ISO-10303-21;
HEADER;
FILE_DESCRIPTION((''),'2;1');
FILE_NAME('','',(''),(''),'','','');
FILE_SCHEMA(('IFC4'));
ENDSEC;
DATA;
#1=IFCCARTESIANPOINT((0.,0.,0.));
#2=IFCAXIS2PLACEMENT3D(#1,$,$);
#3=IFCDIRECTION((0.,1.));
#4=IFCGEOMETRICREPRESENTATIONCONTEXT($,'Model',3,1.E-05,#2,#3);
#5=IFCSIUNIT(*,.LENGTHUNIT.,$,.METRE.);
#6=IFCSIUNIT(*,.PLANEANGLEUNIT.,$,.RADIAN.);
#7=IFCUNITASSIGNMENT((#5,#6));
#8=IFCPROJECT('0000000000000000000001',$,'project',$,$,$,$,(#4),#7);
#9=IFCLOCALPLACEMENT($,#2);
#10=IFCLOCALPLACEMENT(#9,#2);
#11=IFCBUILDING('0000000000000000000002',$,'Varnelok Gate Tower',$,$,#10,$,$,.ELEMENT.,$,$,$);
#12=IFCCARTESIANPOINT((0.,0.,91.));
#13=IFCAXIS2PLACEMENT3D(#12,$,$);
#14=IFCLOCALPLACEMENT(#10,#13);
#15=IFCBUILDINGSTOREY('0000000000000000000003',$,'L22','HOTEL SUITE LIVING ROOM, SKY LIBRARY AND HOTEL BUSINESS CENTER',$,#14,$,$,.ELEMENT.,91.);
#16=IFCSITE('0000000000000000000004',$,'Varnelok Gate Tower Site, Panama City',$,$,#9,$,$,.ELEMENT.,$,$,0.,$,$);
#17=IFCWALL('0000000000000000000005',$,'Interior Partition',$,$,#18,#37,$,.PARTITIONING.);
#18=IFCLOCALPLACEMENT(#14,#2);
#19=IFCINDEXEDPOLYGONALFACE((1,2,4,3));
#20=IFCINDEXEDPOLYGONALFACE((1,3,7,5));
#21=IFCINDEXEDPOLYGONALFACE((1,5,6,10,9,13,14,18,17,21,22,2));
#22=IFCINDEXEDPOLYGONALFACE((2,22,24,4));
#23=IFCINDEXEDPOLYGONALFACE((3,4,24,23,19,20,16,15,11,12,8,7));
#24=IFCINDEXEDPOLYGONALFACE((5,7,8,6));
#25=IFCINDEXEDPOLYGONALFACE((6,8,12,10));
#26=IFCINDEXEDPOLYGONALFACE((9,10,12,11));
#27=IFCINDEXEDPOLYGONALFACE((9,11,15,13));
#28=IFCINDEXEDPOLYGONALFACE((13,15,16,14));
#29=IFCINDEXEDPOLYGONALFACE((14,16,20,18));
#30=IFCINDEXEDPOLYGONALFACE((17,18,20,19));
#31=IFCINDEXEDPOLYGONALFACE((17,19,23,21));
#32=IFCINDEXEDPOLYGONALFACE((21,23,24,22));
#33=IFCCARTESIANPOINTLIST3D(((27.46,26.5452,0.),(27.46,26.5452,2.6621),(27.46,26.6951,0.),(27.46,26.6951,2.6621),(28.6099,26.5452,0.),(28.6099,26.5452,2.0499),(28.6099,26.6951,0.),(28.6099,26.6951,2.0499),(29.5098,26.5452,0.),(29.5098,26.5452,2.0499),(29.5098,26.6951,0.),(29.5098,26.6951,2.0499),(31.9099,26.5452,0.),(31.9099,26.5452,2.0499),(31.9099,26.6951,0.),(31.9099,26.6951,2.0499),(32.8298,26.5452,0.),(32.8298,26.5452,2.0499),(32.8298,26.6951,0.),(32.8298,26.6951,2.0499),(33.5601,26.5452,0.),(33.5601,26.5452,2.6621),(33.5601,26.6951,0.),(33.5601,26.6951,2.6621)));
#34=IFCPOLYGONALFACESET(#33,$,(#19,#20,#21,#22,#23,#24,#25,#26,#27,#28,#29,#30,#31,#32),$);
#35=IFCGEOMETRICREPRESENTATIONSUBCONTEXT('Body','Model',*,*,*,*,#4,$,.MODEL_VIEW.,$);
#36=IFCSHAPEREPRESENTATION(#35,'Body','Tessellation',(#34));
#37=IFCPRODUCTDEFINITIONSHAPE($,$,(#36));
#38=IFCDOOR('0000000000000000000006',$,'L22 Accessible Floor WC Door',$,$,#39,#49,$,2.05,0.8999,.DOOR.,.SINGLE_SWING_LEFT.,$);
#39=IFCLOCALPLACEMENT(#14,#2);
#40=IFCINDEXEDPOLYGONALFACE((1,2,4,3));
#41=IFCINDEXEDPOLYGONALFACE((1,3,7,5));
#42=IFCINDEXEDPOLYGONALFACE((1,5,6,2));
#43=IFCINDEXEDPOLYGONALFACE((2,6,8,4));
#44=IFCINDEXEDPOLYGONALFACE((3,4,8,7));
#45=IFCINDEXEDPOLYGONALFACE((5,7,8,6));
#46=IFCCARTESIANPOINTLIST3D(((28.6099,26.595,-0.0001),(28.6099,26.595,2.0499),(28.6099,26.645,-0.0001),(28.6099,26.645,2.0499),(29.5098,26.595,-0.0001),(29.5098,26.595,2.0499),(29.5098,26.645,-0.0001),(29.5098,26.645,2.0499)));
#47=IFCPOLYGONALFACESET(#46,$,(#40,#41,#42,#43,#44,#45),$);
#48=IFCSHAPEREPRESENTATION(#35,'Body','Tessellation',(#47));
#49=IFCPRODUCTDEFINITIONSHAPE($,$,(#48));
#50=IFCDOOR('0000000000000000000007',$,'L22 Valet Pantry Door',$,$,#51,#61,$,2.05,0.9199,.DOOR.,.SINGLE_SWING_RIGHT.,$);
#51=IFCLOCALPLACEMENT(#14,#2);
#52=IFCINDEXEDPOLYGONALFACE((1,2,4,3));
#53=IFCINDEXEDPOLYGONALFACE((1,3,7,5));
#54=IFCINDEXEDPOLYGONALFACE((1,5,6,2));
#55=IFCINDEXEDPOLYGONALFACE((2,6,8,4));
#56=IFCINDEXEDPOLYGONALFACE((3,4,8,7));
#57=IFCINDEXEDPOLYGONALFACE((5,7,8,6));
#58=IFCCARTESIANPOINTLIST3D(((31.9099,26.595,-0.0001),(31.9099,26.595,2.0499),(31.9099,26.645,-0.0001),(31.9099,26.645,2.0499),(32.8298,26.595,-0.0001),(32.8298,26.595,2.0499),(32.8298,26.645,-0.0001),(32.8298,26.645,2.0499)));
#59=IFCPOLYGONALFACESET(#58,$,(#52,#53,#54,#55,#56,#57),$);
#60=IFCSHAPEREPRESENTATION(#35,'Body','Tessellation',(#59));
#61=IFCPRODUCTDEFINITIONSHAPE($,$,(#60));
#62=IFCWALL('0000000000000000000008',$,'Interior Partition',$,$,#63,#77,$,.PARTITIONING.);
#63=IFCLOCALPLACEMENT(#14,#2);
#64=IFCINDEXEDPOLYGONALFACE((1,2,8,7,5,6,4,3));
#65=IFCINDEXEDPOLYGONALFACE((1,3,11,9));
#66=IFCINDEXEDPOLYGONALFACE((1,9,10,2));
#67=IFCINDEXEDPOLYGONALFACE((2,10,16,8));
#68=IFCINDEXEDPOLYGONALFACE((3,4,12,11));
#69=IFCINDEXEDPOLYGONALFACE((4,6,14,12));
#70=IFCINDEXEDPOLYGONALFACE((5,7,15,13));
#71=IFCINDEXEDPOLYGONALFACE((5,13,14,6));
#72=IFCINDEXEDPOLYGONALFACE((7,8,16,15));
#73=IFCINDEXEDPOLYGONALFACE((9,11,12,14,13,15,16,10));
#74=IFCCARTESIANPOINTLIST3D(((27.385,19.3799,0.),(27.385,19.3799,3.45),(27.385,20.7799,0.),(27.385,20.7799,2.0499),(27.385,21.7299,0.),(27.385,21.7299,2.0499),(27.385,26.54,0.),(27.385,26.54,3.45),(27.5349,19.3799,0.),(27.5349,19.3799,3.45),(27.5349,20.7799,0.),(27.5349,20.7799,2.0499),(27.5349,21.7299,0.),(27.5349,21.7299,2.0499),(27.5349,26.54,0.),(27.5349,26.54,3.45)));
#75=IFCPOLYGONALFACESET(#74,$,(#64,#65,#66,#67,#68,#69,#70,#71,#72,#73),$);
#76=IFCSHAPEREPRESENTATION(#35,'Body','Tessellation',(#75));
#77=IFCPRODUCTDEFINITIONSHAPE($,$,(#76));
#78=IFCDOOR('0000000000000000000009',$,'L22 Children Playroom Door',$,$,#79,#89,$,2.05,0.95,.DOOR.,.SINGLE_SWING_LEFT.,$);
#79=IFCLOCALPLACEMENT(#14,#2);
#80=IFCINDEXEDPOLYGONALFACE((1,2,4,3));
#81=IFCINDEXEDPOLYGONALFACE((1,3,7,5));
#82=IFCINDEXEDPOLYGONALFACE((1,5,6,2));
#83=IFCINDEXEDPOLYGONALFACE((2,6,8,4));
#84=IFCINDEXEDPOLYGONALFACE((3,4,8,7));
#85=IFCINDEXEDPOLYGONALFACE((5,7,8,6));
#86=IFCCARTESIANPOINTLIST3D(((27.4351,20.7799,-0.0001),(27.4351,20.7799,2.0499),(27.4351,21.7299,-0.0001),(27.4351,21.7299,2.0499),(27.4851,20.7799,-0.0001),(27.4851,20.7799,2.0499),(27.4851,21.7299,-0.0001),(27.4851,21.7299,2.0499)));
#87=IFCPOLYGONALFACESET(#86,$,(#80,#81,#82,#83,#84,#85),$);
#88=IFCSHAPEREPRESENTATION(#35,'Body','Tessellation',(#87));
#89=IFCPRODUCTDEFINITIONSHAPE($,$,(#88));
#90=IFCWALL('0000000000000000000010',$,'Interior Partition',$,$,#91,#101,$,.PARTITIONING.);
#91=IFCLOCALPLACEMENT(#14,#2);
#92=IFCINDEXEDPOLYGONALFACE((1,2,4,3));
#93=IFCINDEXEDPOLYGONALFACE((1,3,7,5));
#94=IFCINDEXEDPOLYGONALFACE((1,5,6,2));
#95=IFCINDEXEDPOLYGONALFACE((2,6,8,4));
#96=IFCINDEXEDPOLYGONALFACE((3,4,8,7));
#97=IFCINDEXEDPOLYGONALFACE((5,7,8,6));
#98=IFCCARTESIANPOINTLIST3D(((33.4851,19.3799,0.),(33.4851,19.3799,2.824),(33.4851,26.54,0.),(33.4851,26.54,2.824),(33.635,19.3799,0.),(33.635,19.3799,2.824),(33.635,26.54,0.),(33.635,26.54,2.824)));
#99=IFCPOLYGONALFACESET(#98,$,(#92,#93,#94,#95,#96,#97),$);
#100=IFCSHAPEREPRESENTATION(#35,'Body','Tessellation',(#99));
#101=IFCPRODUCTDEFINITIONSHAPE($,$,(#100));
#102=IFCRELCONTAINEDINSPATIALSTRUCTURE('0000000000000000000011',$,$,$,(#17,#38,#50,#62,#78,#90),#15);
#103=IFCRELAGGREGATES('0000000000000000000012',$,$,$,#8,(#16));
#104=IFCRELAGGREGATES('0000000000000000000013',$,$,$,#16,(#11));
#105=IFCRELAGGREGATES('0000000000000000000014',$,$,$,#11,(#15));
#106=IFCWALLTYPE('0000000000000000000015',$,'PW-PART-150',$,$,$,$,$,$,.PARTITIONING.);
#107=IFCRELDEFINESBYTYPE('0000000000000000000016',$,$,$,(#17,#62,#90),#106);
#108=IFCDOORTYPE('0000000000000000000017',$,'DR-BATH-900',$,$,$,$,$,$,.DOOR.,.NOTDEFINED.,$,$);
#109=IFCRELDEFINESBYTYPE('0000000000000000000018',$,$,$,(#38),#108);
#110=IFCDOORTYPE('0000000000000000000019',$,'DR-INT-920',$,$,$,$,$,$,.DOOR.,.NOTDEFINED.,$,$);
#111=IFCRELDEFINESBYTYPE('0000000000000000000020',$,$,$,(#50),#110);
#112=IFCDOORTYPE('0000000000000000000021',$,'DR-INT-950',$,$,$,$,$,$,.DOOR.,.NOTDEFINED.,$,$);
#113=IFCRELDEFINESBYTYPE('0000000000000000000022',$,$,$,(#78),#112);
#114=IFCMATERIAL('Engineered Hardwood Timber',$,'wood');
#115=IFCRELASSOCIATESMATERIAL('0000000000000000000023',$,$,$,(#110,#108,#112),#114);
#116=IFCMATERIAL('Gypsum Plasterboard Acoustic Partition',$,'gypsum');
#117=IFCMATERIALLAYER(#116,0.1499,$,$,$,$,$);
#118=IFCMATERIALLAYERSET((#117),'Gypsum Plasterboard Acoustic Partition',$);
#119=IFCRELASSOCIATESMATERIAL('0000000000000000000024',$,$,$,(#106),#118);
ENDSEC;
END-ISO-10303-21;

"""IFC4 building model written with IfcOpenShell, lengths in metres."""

from ifc_helpers import new_model, si_unit, direction, frame, frame_2d, origin, place, context, subcontext, project, spatial, rectangle, extrude, material, layer, layer_set, type_object, element, fill, save


model = new_model("IFC4")

# Units and contexts
model_context = context("Model", 3, precision=1e-05, world=origin(), true_north=direction((0.0, 1.0)))
body_context = subcontext(model_context, "Body", "Model", "MODEL_VIEW")
ifc_project = project(units=[si_unit("LENGTHUNIT", "METRE"), si_unit("PLANEANGLEUNIT", "RADIAN")], contexts=[model_context])

# Site, building, storey
site_placement = place(None, origin())
site = spatial("IfcSite", under=ifc_project, at=site_placement, Name="Varnelok Gate Tower Site, Panama City", CompositionType="ELEMENT", RefElevation=0.0)
building_placement = place(site_placement, origin())
building = spatial("IfcBuilding", under=site, at=building_placement, Name="Varnelok Gate Tower", CompositionType="ELEMENT")
storey_placement = place(building_placement, frame((0.0, 0.0, 91.0)))
storey = spatial("IfcBuildingStorey", under=building, at=storey_placement, Name="L22", Description="HOTEL SUITE LIVING ROOM, SKY LIBRARY AND HOTEL BUSINESS CENTER", CompositionType="ELEMENT", Elevation=91.0)

# Shared definitions
ifc_material_1 = material(Name="Gypsum Plasterboard Acoustic Partition", Category="gypsum")
ifc_material_2 = material(Name="Engineered Hardwood Timber", Category="wood")
door_type_1 = type_object("IfcDoorType", Name="DR-INT-920", OperationType="NOTDEFINED", PredefinedType="DOOR", material=ifc_material_2)

# Shared definitions
ifc_layer_1 = layer(ifc_material_1, 0.1499)
ifc_layer_set_1 = layer_set([ifc_layer_1], Name="Gypsum Plasterboard Acoustic Partition")
wall_type_1 = type_object("IfcWallType", Name="PW-PART-150", PredefinedType="PARTITIONING", material=ifc_layer_set_1)

# Wall, openings, doors
wall_1_placement = place(storey_placement, frame((27.46, 26.6201, 0.0), z_axis=(0.0, 0.0, 1.0), x_axis=(1.0, 0.0, 0.0)))
wall_1 = element("IfcWall", 1, at=wall_1_placement, inside=storey, type_object=wall_type_1, Name="Interior Partition", PredefinedType="PARTITIONING", context=body_context, shape_type="SweptSolid", body=[
    extrude(rectangle(XDim=6.1001, YDim=0.1499, at=frame_2d((3.05, 0.0))), origin(), (0.0, 0.0, 1.0), 2.6621),
])
opening_1_placement = place(wall_1_placement, frame((1.1499, 0.0, 0.0)))
opening_1 = element("IfcOpeningElement", 2, at=opening_1_placement, cuts=wall_1, PredefinedType="OPENING", context=body_context, shape_type="SweptSolid", body=[
    extrude(rectangle(XDim=0.8999, YDim=2.05, at=frame_2d((0.45, 1.0249))), frame((0.0, 0.085, 0.0), z_axis=(0.0, -1.0, 0.0), x_axis=(1.0, 0.0, 0.0)), (0.0, 0.0, 1.0), 0.1699),
])
opening_2_placement = place(wall_1_placement, frame((4.45, 0.0, 0.0)))
opening_2 = element("IfcOpeningElement", 3, at=opening_2_placement, cuts=wall_1, PredefinedType="OPENING", context=body_context, shape_type="SweptSolid", body=[
    extrude(rectangle(XDim=0.9199, YDim=2.05, at=frame_2d((0.46, 1.0249))), frame((0.0, 0.085, 0.0), z_axis=(0.0, -1.0, 0.0), x_axis=(1.0, 0.0, 0.0)), (0.0, 0.0, 1.0), 0.1699),
])
door_type_2 = type_object("IfcDoorType", Name="DR-BATH-900", OperationType="NOTDEFINED", PredefinedType="DOOR", material=ifc_material_2)
door_1_placement = place(opening_1_placement, origin())
door_1 = element("IfcDoor", 4, at=door_1_placement, inside=storey, type_object=door_type_2, Name="L22 Accessible Floor WC Door", OperationType="SINGLE_SWING_LEFT", OverallHeight=2.05, OverallWidth=0.8999, PredefinedType="DOOR", context=body_context, shape_type="SweptSolid", body=[
    extrude(rectangle(XDim=0.8999, YDim=2.05, at=frame_2d((0.45, 1.0249))), frame((0.0, 0.0249, 0.0), z_axis=(0.0, -1.0, 0.0), x_axis=(1.0, 0.0, 0.0)), (0.0, 0.0, 1.0), 0.05),
])
fill(opening_1, door_1)
door_2_placement = place(opening_2_placement, origin())
door_2 = element("IfcDoor", 5, at=door_2_placement, inside=storey, type_object=door_type_1, Name="L22 Valet Pantry Door", OperationType="SINGLE_SWING_RIGHT", OverallHeight=2.05, OverallWidth=0.9199, PredefinedType="DOOR", context=body_context, shape_type="SweptSolid", body=[
    extrude(rectangle(XDim=0.9199, YDim=2.05, at=frame_2d((0.46, 1.0249))), frame((0.0, 0.0249, 0.0), z_axis=(0.0, -1.0, 0.0), x_axis=(1.0, 0.0, 0.0)), (0.0, 0.0, 1.0), 0.05),
])
fill(opening_2, door_2)

# Wall, opening, door
wall_2_placement = place(storey_placement, frame((27.46, 19.3799, 0.0), z_axis=(0.0, 0.0, 1.0), x_axis=(0.0, 1.0, 0.0)))
wall_2 = element("IfcWall", 6, at=wall_2_placement, inside=storey, type_object=wall_type_1, Name="Interior Partition", PredefinedType="PARTITIONING", context=body_context, shape_type="SweptSolid", body=[
    extrude(rectangle(XDim=7.1602, YDim=0.1499, at=frame_2d((3.5801, 0.0))), origin(), (0.0, 0.0, 1.0), 3.45),
])
opening_3_placement = place(wall_2_placement, frame((1.3999, 0.0, 0.0)))
opening_3 = element("IfcOpeningElement", 7, at=opening_3_placement, cuts=wall_2, PredefinedType="OPENING", context=body_context, shape_type="SweptSolid", body=[
    extrude(rectangle(XDim=0.95, YDim=2.05, at=frame_2d((0.4751, 1.0249))), frame((0.0, 0.085, 0.0), z_axis=(0.0, -1.0, 0.0), x_axis=(1.0, 0.0, 0.0)), (0.0, 0.0, 1.0), 0.1699),
])
door_type_3 = type_object("IfcDoorType", Name="DR-INT-950", OperationType="NOTDEFINED", PredefinedType="DOOR", material=ifc_material_2)
door_3_placement = place(opening_3_placement, origin())
door_3 = element("IfcDoor", 8, at=door_3_placement, inside=storey, type_object=door_type_3, Name="L22 Children Playroom Door", OperationType="SINGLE_SWING_LEFT", OverallHeight=2.05, OverallWidth=0.95, PredefinedType="DOOR", context=body_context, shape_type="SweptSolid", body=[
    extrude(rectangle(XDim=0.95, YDim=2.05, at=frame_2d((0.4751, 1.0249))), frame((0.0, 0.0249, 0.0), z_axis=(0.0, -1.0, 0.0), x_axis=(1.0, 0.0, 0.0)), (0.0, 0.0, 1.0), 0.05),
])
fill(opening_3, door_3)

# Wall
wall_3_placement = place(storey_placement, frame((33.5601, 19.3799, 0.0), z_axis=(0.0, 0.0, 1.0), x_axis=(0.0, 1.0, 0.0)))
element("IfcWall", 9, at=wall_3_placement, inside=storey, type_object=wall_type_1, Name="Interior Partition", PredefinedType="PARTITIONING", context=body_context, shape_type="SweptSolid", body=[
    extrude(rectangle(XDim=7.1602, YDim=0.1499, at=frame_2d((3.5801, 0.0))), origin(), (0.0, 0.0, 1.0), 2.824),
])

save(model, "model.ifc")
